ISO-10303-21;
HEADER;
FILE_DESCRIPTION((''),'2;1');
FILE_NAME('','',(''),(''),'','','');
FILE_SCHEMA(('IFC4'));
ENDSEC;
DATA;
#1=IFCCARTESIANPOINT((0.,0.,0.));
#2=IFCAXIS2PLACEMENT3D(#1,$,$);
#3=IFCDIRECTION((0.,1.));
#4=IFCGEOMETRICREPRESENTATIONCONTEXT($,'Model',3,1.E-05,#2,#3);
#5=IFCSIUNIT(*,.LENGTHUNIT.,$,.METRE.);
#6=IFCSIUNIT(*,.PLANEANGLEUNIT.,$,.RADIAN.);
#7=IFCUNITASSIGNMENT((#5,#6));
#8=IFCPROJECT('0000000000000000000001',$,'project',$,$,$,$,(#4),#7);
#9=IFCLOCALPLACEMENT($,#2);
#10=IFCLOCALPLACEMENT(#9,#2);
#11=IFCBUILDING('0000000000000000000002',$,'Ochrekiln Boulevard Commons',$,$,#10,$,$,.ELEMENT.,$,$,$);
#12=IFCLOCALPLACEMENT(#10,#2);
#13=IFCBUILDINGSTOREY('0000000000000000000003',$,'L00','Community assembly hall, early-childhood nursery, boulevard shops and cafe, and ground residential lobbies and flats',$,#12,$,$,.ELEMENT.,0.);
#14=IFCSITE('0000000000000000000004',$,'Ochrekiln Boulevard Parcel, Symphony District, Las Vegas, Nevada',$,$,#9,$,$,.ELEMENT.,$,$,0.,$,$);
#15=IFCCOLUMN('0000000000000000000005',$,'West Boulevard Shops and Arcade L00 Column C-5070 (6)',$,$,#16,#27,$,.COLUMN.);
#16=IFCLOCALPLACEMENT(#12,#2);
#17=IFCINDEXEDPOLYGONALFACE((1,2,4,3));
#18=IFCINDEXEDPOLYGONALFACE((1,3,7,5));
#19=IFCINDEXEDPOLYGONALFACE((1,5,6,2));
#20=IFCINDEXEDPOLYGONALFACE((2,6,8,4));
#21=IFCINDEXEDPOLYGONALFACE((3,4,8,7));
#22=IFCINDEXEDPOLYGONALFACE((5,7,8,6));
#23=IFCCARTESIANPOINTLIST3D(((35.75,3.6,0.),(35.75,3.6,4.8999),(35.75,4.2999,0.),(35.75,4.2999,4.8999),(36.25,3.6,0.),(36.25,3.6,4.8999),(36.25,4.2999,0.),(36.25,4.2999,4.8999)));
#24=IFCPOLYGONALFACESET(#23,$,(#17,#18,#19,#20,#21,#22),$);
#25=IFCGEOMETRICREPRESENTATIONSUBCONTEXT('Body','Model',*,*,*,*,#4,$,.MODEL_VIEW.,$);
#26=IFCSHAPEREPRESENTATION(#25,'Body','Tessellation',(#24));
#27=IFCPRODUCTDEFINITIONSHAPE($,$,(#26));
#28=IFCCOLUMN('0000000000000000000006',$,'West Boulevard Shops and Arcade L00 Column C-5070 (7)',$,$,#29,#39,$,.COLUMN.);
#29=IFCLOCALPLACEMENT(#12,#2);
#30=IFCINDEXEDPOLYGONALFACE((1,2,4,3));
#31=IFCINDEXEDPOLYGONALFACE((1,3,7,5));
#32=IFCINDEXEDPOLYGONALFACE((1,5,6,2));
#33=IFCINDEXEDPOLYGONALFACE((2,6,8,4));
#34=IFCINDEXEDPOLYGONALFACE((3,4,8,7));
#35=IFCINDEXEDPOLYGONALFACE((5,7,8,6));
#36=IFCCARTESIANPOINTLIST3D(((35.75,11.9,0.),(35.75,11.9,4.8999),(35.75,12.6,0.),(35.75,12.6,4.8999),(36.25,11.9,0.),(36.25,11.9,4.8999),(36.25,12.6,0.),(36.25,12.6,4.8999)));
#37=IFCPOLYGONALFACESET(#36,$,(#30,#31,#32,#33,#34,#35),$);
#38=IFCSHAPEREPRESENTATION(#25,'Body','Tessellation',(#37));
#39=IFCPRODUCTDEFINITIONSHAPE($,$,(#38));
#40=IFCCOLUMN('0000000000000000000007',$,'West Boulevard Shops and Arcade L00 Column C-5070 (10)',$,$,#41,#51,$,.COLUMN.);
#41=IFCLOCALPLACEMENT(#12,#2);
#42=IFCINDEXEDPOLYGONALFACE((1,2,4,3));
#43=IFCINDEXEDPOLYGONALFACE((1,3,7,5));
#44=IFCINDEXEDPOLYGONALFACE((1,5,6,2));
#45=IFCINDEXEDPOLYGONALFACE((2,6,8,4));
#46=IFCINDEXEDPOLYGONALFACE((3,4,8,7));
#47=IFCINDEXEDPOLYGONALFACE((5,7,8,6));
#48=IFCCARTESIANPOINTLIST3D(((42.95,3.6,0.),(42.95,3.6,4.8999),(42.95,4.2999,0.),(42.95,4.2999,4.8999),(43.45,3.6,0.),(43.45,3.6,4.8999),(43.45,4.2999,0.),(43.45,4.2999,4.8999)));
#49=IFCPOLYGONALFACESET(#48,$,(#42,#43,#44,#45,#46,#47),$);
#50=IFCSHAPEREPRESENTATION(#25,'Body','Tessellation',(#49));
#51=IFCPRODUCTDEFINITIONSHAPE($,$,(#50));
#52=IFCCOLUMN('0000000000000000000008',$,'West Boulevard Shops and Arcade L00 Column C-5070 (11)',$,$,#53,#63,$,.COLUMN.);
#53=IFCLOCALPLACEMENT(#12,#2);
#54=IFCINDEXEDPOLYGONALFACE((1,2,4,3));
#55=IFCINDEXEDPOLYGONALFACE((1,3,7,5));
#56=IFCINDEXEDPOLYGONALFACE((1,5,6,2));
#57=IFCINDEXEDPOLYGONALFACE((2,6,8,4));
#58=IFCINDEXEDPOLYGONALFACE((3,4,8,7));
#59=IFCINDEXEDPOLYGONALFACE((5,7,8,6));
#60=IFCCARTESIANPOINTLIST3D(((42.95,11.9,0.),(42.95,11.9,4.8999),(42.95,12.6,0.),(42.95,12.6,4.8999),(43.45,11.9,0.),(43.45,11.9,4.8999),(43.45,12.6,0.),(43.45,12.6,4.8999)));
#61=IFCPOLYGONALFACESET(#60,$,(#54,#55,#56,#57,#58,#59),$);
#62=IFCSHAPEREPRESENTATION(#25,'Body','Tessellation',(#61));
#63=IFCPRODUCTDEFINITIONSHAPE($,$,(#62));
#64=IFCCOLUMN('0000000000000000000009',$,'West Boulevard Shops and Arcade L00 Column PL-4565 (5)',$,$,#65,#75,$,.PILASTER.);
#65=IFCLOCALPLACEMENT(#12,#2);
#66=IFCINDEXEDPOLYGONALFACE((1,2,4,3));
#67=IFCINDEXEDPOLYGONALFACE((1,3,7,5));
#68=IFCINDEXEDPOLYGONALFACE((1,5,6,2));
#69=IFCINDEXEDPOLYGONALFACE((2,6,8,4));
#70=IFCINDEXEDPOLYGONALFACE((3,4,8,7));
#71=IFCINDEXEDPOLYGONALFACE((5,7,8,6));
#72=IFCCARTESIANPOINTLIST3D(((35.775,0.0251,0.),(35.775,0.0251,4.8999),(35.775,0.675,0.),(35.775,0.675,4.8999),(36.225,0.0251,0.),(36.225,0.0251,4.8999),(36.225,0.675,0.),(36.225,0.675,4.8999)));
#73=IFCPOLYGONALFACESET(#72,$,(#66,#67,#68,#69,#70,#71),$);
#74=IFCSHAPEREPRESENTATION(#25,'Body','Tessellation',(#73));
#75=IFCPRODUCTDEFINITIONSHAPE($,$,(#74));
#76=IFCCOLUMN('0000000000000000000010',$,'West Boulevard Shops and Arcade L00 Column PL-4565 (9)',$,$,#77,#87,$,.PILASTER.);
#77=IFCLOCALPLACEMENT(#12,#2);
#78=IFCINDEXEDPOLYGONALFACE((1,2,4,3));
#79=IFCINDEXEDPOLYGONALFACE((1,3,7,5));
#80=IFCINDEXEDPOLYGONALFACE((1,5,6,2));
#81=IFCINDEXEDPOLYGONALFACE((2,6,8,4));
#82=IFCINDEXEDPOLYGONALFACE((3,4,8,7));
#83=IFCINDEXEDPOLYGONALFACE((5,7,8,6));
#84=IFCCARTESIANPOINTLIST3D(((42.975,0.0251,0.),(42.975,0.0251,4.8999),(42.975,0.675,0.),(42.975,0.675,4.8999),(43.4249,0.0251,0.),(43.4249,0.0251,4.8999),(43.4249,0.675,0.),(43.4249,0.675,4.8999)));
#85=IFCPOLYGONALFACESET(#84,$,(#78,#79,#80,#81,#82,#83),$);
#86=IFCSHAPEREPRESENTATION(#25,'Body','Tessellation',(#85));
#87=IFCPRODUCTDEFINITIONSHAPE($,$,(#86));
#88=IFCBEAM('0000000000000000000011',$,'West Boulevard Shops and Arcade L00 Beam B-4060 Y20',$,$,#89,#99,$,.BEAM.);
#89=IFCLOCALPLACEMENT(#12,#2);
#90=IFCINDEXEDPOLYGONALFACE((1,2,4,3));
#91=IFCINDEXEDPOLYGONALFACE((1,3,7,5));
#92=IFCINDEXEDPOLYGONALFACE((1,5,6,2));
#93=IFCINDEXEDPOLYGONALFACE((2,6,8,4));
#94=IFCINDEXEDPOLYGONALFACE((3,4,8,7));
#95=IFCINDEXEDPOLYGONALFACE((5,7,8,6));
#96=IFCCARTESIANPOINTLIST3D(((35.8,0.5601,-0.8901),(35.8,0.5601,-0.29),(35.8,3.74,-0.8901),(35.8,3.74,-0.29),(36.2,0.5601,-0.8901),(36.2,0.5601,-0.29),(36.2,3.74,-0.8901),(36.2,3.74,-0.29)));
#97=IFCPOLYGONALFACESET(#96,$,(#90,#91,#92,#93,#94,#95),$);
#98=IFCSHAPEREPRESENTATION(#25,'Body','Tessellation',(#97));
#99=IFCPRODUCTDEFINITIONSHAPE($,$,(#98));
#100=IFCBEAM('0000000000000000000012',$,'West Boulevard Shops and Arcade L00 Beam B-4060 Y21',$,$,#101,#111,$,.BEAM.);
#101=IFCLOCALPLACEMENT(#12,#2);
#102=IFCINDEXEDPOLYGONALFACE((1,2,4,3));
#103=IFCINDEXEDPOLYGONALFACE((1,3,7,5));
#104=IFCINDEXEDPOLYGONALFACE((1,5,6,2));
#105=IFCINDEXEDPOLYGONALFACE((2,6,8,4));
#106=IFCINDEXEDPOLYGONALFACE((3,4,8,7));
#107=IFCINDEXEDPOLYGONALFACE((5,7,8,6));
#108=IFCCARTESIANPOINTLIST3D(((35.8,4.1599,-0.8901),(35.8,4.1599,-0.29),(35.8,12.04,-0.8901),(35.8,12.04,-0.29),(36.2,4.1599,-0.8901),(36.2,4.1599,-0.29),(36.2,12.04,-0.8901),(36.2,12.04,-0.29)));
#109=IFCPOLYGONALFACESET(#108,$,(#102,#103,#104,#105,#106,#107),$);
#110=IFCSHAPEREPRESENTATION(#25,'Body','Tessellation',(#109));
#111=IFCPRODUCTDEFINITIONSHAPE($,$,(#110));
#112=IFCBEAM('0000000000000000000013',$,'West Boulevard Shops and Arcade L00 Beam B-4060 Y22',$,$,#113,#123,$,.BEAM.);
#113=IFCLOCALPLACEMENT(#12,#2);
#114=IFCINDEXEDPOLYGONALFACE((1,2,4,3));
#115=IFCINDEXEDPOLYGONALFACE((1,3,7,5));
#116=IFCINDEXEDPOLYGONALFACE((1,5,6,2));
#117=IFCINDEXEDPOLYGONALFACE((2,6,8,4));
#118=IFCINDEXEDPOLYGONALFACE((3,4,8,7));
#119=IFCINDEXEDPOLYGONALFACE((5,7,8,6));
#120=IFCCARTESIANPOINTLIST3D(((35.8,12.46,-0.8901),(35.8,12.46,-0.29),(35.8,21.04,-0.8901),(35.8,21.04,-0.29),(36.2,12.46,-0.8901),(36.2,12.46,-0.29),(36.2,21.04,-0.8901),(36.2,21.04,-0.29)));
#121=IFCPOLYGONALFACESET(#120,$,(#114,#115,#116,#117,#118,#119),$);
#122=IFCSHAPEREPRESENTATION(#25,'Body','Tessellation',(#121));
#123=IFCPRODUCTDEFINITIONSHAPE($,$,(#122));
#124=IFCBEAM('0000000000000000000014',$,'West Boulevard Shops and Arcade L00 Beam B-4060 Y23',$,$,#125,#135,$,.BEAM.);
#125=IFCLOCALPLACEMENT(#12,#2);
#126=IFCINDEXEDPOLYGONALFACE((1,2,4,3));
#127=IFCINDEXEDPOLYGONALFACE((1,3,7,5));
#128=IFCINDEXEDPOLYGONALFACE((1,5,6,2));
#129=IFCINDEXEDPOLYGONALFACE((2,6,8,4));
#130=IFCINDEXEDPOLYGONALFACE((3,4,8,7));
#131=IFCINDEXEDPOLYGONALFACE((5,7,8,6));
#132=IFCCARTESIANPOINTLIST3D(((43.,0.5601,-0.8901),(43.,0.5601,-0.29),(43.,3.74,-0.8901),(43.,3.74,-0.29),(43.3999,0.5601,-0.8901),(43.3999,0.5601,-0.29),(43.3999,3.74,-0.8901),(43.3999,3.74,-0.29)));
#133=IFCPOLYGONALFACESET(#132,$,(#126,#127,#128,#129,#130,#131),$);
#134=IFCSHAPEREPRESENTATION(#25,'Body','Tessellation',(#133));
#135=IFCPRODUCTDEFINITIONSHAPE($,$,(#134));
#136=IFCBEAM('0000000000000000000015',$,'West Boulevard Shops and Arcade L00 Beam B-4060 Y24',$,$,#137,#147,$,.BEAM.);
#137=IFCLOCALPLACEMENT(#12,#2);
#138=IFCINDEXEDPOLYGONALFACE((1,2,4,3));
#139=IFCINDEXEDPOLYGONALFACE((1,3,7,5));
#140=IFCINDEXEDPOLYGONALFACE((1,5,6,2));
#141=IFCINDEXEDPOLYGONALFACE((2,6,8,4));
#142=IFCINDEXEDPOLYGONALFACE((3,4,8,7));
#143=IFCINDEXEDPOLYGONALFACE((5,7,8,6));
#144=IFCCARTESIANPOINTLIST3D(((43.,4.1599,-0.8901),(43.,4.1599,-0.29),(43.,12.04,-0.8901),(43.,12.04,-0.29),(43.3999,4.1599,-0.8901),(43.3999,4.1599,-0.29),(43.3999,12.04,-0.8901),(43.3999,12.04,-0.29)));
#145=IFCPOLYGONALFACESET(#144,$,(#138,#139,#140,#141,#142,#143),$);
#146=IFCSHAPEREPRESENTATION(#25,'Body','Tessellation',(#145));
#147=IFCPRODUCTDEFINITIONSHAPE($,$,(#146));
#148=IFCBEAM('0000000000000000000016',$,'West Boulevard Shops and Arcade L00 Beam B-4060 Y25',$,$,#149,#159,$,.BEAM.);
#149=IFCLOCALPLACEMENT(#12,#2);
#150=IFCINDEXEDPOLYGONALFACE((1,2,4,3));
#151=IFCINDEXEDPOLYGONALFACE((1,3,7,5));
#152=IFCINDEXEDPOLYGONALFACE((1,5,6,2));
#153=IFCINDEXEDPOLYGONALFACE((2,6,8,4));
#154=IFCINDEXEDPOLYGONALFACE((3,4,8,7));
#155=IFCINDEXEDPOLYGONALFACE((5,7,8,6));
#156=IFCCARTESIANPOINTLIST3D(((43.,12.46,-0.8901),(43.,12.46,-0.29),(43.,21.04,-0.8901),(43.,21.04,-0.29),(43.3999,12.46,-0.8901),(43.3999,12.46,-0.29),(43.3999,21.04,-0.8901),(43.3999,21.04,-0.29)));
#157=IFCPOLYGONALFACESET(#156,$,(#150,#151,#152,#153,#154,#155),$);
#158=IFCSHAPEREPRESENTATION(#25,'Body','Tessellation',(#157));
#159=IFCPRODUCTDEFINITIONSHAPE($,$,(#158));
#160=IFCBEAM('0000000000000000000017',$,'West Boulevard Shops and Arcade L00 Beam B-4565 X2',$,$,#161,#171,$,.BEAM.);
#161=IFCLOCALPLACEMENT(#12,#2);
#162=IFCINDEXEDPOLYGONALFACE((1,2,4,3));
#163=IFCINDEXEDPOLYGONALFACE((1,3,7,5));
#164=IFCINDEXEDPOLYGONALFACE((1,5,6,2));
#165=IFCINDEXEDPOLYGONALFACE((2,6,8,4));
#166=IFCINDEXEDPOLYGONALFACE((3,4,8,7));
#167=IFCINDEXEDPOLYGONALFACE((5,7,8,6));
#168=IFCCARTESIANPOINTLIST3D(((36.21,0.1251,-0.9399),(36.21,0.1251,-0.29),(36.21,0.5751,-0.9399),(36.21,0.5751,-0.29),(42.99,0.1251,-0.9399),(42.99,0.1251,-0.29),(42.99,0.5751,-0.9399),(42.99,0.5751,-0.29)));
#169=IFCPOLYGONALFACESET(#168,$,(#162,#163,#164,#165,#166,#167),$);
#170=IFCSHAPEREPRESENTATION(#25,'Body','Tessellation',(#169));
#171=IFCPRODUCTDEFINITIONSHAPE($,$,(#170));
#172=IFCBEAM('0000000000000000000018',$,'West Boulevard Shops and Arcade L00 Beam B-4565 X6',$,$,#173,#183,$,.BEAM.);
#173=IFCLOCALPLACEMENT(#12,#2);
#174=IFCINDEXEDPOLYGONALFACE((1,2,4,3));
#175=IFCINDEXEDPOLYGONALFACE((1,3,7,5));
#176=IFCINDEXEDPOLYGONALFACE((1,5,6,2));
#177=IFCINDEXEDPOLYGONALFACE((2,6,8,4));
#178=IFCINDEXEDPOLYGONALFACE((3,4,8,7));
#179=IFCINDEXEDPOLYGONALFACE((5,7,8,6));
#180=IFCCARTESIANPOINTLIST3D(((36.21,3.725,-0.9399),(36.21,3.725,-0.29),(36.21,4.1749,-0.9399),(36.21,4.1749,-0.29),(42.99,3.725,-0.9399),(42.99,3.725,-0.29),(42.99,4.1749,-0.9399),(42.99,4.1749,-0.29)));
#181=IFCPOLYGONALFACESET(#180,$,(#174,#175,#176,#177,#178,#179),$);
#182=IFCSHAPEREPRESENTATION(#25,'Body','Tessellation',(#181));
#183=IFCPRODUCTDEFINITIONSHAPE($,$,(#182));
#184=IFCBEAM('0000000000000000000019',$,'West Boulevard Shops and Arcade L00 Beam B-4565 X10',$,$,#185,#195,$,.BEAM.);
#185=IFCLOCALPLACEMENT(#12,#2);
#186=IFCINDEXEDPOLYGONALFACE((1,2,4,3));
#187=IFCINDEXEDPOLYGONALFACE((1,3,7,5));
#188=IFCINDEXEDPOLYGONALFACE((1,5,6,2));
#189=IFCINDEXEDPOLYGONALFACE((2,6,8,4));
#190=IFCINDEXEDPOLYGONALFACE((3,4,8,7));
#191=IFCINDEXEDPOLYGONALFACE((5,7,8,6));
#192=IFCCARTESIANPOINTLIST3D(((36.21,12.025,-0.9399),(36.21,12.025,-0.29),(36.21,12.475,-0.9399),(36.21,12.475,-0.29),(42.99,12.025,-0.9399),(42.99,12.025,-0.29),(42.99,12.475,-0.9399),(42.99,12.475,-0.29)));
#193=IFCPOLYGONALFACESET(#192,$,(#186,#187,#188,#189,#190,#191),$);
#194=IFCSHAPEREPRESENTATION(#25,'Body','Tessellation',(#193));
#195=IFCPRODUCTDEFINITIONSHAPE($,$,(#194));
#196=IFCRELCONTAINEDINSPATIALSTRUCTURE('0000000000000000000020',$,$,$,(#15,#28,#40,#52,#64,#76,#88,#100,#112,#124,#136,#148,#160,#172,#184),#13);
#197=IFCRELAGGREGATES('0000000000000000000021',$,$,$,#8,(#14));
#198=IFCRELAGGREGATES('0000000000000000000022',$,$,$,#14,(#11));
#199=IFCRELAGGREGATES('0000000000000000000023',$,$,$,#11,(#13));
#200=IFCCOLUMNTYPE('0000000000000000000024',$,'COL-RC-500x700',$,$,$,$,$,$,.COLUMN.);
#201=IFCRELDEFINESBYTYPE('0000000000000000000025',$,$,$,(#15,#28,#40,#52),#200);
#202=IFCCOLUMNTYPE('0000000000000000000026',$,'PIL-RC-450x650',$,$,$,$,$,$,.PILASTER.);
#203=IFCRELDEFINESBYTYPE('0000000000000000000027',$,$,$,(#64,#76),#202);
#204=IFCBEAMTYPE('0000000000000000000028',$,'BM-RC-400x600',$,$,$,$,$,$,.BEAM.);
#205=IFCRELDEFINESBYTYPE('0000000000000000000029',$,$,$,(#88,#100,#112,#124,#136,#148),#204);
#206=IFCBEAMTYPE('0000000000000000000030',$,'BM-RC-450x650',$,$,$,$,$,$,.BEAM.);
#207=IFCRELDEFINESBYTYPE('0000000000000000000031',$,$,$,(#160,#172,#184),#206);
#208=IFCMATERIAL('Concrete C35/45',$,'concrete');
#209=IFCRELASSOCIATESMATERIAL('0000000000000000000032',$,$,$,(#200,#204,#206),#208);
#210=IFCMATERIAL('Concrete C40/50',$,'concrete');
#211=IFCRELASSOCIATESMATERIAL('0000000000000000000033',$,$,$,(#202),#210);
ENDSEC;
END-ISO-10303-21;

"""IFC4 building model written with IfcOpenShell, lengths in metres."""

from ifc_helpers import new_model, si_unit, direction, frame, origin, origin_2d, place, context, subcontext, project, spatial, rectangle, extrude, material, material_profile, profile_set, type_object, element, save


model = new_model("IFC4")

# Units and contexts
model_context = context("Model", 3, precision=1e-05, world=origin(), true_north=direction((0.0, 1.0)))
body_context = subcontext(model_context, "Body", "Model", "MODEL_VIEW")
ifc_project = project(units=[si_unit("LENGTHUNIT", "METRE"), si_unit("PLANEANGLEUNIT", "RADIAN")], contexts=[model_context])

# Site, building, storey
site_placement = place(None, origin())
site = spatial("IfcSite", under=ifc_project, at=site_placement, Name="Ochrekiln Boulevard Parcel, Symphony District, Las Vegas, Nevada", CompositionType="ELEMENT", RefElevation=0.0)
building_placement = place(site_placement, origin())
building = spatial("IfcBuilding", under=site, at=building_placement, Name="Ochrekiln Boulevard Commons", CompositionType="ELEMENT")
storey_placement = place(building_placement, origin())
storey = spatial("IfcBuildingStorey", under=building, at=storey_placement, Name="L00", Description="Community assembly hall, early-childhood nursery, boulevard shops and cafe, and ground residential lobbies and flats", CompositionType="ELEMENT", Elevation=0.0)

# Columns
ifc_material_1 = material(Name="Concrete C35/45", Category="concrete")
ifc_material_profile_1 = material_profile(ifc_material_1, rectangle(XDim=0.5, YDim=0.7, at=origin_2d()), Name="RC-COL-500x700")
ifc_profile_set_1 = profile_set([ifc_material_profile_1], Name="Concrete C35/45")
column_type_1 = type_object("IfcColumnType", Name="COL-RC-500x700", PredefinedType="COLUMN", material=ifc_profile_set_1)
for number, where, z_axis, x_axis, name in (
    (1, (36.0, 3.95, 0.0), (0.0, 0.0, 1.0), (1.0, 0.0, 0.0), "West Boulevard Shops and Arcade L00 Column C-5070 (6)"),
    (2, (36.0, 12.25, 0.0), (0.0, 0.0, 1.0), (1.0, 0.0, 0.0), "West Boulevard Shops and Arcade L00 Column C-5070 (7)"),
    (3, (43.2, 3.95, 0.0), (0.0, 0.0, 1.0), (1.0, 0.0, 0.0), "West Boulevard Shops and Arcade L00 Column C-5070 (10)"),
    (4, (43.2, 12.25, 0.0), (0.0, 0.0, 1.0), (1.0, 0.0, 0.0), "West Boulevard Shops and Arcade L00 Column C-5070 (11)"),
):
    element("IfcColumn", number, at=place(storey_placement, frame(where, z_axis=z_axis, x_axis=x_axis)), inside=storey, type_object=column_type_1, Name=name, PredefinedType="COLUMN", context=body_context, shape_type="SweptSolid", body=[
        extrude(rectangle(XDim=0.5, YDim=0.7, at=origin_2d()), origin(), (0.0, 0.0, 1.0), 4.8999),
    ])
ifc_material_2 = material(Name="Concrete C40/50", Category="concrete")
ifc_material_profile_2 = material_profile(ifc_material_2, rectangle(XDim=0.45, YDim=0.6499, at=origin_2d()), Name="RC-PIL-450x650")
ifc_profile_set_2 = profile_set([ifc_material_profile_2], Name="Concrete C40/50")
column_type_2 = type_object("IfcColumnType", Name="PIL-RC-450x650", PredefinedType="PILASTER", material=ifc_profile_set_2)
for number, where, z_axis, x_axis, name in (
    (5, (36.0, 0.3501, 0.0), (0.0, 0.0, 1.0), (1.0, 0.0, 0.0), "West Boulevard Shops and Arcade L00 Column PL-4565 (5)"),
    (6, (43.2, 0.3501, 0.0), (0.0, 0.0, 1.0), (1.0, 0.0, 0.0), "West Boulevard Shops and Arcade L00 Column PL-4565 (9)"),
):
    element("IfcColumn", number, at=place(storey_placement, frame(where, z_axis=z_axis, x_axis=x_axis)), inside=storey, type_object=column_type_2, Name=name, PredefinedType="PILASTER", context=body_context, shape_type="SweptSolid", body=[
        extrude(rectangle(XDim=0.45, YDim=0.6499, at=origin_2d()), origin(), (0.0, 0.0, 1.0), 4.8999),
    ])

# Beams
ifc_material_profile_3 = material_profile(ifc_material_1, rectangle(XDim=0.3999, YDim=0.6001, at=origin_2d()), Name="RC-BM-400x600")
ifc_profile_set_3 = profile_set([ifc_material_profile_3], Name="Concrete C35/45")
beam_type_1 = type_object("IfcBeamType", Name="BM-RC-400x600", PredefinedType="BEAM", material=ifc_profile_set_3)
beam_1_placement = place(storey_placement, frame((36.0, 0.5601, -0.5901), z_axis=(0.0, 1.0, 0.0), x_axis=(-1.0, 0.0, 0.0)))
element("IfcBeam", 7, at=beam_1_placement, inside=storey, type_object=beam_type_1, Name="West Boulevard Shops and Arcade L00 Beam B-4060 Y20", PredefinedType="BEAM", context=body_context, shape_type="SweptSolid", body=[
    extrude(rectangle(XDim=0.3999, YDim=0.6001, at=origin_2d()), origin(), (0.0, 0.0, 1.0), 3.1799),
])
beam_2_placement = place(storey_placement, frame((36.0, 4.1599, -0.5901), z_axis=(0.0, 1.0, 0.0), x_axis=(-1.0, 0.0, 0.0)))
element("IfcBeam", 8, at=beam_2_placement, inside=storey, type_object=beam_type_1, Name="West Boulevard Shops and Arcade L00 Beam B-4060 Y21", PredefinedType="BEAM", context=body_context, shape_type="SweptSolid", body=[
    extrude(rectangle(XDim=0.3999, YDim=0.6001, at=origin_2d()), origin(), (0.0, 0.0, 1.0), 7.8801),
])
beam_3_placement = place(storey_placement, frame((36.0, 12.46, -0.5901), z_axis=(0.0, 1.0, 0.0), x_axis=(-1.0, 0.0, 0.0)))
element("IfcBeam", 9, at=beam_3_placement, inside=storey, type_object=beam_type_1, Name="West Boulevard Shops and Arcade L00 Beam B-4060 Y22", PredefinedType="BEAM", context=body_context, shape_type="SweptSolid", body=[
    extrude(rectangle(XDim=0.3999, YDim=0.6001, at=origin_2d()), origin(), (0.0, 0.0, 1.0), 8.5801),
])
beam_4_placement = place(storey_placement, frame((43.2, 0.5601, -0.5901), z_axis=(0.0, 1.0, 0.0), x_axis=(-1.0, 0.0, 0.0)))
element("IfcBeam", 10, at=beam_4_placement, inside=storey, type_object=beam_type_1, Name="West Boulevard Shops and Arcade L00 Beam B-4060 Y23", PredefinedType="BEAM", context=body_context, shape_type="SweptSolid", body=[
    extrude(rectangle(XDim=0.3999, YDim=0.6001, at=origin_2d()), origin(), (0.0, 0.0, 1.0), 3.1799),
])
beam_5_placement = place(storey_placement, frame((43.2, 4.1599, -0.5901), z_axis=(0.0, 1.0, 0.0), x_axis=(-1.0, 0.0, 0.0)))
element("IfcBeam", 11, at=beam_5_placement, inside=storey, type_object=beam_type_1, Name="West Boulevard Shops and Arcade L00 Beam B-4060 Y24", PredefinedType="BEAM", context=body_context, shape_type="SweptSolid", body=[
    extrude(rectangle(XDim=0.3999, YDim=0.6001, at=origin_2d()), origin(), (0.0, 0.0, 1.0), 7.8801),
])
beam_6_placement = place(storey_placement, frame((43.2, 12.46, -0.5901), z_axis=(0.0, 1.0, 0.0), x_axis=(-1.0, 0.0, 0.0)))
element("IfcBeam", 12, at=beam_6_placement, inside=storey, type_object=beam_type_1, Name="West Boulevard Shops and Arcade L00 Beam B-4060 Y25", PredefinedType="BEAM", context=body_context, shape_type="SweptSolid", body=[
    extrude(rectangle(XDim=0.3999, YDim=0.6001, at=origin_2d()), origin(), (0.0, 0.0, 1.0), 8.5801),
])
ifc_material_profile_4 = material_profile(ifc_material_1, rectangle(XDim=0.45, YDim=0.6499, at=origin_2d()), Name="RC-BM-450x650")
ifc_profile_set_4 = profile_set([ifc_material_profile_4], Name="Concrete C35/45")
beam_type_2 = type_object("IfcBeamType", Name="BM-RC-450x650", PredefinedType="BEAM", material=ifc_profile_set_4)
for number, where, z_axis, x_axis, name in (
    (13, (36.21, 0.3501, -0.615), (1.0, 0.0, 0.0), (0.0, 1.0, 0.0), "West Boulevard Shops and Arcade L00 Beam B-4565 X2"),
    (14, (36.21, 3.95, -0.615), (1.0, 0.0, 0.0), (0.0, 1.0, 0.0), "West Boulevard Shops and Arcade L00 Beam B-4565 X6"),
    (15, (36.21, 12.25, -0.615), (1.0, 0.0, 0.0), (0.0, 1.0, 0.0), "West Boulevard Shops and Arcade L00 Beam B-4565 X10"),
):
    element("IfcBeam", number, at=place(storey_placement, frame(where, z_axis=z_axis, x_axis=x_axis)), inside=storey, type_object=beam_type_2, Name=name, PredefinedType="BEAM", context=body_context, shape_type="SweptSolid", body=[
        extrude(rectangle(XDim=0.45, YDim=0.6499, at=origin_2d()), origin(), (0.0, 0.0, 1.0), 6.78),
    ])

save(model, "model.ifc")
